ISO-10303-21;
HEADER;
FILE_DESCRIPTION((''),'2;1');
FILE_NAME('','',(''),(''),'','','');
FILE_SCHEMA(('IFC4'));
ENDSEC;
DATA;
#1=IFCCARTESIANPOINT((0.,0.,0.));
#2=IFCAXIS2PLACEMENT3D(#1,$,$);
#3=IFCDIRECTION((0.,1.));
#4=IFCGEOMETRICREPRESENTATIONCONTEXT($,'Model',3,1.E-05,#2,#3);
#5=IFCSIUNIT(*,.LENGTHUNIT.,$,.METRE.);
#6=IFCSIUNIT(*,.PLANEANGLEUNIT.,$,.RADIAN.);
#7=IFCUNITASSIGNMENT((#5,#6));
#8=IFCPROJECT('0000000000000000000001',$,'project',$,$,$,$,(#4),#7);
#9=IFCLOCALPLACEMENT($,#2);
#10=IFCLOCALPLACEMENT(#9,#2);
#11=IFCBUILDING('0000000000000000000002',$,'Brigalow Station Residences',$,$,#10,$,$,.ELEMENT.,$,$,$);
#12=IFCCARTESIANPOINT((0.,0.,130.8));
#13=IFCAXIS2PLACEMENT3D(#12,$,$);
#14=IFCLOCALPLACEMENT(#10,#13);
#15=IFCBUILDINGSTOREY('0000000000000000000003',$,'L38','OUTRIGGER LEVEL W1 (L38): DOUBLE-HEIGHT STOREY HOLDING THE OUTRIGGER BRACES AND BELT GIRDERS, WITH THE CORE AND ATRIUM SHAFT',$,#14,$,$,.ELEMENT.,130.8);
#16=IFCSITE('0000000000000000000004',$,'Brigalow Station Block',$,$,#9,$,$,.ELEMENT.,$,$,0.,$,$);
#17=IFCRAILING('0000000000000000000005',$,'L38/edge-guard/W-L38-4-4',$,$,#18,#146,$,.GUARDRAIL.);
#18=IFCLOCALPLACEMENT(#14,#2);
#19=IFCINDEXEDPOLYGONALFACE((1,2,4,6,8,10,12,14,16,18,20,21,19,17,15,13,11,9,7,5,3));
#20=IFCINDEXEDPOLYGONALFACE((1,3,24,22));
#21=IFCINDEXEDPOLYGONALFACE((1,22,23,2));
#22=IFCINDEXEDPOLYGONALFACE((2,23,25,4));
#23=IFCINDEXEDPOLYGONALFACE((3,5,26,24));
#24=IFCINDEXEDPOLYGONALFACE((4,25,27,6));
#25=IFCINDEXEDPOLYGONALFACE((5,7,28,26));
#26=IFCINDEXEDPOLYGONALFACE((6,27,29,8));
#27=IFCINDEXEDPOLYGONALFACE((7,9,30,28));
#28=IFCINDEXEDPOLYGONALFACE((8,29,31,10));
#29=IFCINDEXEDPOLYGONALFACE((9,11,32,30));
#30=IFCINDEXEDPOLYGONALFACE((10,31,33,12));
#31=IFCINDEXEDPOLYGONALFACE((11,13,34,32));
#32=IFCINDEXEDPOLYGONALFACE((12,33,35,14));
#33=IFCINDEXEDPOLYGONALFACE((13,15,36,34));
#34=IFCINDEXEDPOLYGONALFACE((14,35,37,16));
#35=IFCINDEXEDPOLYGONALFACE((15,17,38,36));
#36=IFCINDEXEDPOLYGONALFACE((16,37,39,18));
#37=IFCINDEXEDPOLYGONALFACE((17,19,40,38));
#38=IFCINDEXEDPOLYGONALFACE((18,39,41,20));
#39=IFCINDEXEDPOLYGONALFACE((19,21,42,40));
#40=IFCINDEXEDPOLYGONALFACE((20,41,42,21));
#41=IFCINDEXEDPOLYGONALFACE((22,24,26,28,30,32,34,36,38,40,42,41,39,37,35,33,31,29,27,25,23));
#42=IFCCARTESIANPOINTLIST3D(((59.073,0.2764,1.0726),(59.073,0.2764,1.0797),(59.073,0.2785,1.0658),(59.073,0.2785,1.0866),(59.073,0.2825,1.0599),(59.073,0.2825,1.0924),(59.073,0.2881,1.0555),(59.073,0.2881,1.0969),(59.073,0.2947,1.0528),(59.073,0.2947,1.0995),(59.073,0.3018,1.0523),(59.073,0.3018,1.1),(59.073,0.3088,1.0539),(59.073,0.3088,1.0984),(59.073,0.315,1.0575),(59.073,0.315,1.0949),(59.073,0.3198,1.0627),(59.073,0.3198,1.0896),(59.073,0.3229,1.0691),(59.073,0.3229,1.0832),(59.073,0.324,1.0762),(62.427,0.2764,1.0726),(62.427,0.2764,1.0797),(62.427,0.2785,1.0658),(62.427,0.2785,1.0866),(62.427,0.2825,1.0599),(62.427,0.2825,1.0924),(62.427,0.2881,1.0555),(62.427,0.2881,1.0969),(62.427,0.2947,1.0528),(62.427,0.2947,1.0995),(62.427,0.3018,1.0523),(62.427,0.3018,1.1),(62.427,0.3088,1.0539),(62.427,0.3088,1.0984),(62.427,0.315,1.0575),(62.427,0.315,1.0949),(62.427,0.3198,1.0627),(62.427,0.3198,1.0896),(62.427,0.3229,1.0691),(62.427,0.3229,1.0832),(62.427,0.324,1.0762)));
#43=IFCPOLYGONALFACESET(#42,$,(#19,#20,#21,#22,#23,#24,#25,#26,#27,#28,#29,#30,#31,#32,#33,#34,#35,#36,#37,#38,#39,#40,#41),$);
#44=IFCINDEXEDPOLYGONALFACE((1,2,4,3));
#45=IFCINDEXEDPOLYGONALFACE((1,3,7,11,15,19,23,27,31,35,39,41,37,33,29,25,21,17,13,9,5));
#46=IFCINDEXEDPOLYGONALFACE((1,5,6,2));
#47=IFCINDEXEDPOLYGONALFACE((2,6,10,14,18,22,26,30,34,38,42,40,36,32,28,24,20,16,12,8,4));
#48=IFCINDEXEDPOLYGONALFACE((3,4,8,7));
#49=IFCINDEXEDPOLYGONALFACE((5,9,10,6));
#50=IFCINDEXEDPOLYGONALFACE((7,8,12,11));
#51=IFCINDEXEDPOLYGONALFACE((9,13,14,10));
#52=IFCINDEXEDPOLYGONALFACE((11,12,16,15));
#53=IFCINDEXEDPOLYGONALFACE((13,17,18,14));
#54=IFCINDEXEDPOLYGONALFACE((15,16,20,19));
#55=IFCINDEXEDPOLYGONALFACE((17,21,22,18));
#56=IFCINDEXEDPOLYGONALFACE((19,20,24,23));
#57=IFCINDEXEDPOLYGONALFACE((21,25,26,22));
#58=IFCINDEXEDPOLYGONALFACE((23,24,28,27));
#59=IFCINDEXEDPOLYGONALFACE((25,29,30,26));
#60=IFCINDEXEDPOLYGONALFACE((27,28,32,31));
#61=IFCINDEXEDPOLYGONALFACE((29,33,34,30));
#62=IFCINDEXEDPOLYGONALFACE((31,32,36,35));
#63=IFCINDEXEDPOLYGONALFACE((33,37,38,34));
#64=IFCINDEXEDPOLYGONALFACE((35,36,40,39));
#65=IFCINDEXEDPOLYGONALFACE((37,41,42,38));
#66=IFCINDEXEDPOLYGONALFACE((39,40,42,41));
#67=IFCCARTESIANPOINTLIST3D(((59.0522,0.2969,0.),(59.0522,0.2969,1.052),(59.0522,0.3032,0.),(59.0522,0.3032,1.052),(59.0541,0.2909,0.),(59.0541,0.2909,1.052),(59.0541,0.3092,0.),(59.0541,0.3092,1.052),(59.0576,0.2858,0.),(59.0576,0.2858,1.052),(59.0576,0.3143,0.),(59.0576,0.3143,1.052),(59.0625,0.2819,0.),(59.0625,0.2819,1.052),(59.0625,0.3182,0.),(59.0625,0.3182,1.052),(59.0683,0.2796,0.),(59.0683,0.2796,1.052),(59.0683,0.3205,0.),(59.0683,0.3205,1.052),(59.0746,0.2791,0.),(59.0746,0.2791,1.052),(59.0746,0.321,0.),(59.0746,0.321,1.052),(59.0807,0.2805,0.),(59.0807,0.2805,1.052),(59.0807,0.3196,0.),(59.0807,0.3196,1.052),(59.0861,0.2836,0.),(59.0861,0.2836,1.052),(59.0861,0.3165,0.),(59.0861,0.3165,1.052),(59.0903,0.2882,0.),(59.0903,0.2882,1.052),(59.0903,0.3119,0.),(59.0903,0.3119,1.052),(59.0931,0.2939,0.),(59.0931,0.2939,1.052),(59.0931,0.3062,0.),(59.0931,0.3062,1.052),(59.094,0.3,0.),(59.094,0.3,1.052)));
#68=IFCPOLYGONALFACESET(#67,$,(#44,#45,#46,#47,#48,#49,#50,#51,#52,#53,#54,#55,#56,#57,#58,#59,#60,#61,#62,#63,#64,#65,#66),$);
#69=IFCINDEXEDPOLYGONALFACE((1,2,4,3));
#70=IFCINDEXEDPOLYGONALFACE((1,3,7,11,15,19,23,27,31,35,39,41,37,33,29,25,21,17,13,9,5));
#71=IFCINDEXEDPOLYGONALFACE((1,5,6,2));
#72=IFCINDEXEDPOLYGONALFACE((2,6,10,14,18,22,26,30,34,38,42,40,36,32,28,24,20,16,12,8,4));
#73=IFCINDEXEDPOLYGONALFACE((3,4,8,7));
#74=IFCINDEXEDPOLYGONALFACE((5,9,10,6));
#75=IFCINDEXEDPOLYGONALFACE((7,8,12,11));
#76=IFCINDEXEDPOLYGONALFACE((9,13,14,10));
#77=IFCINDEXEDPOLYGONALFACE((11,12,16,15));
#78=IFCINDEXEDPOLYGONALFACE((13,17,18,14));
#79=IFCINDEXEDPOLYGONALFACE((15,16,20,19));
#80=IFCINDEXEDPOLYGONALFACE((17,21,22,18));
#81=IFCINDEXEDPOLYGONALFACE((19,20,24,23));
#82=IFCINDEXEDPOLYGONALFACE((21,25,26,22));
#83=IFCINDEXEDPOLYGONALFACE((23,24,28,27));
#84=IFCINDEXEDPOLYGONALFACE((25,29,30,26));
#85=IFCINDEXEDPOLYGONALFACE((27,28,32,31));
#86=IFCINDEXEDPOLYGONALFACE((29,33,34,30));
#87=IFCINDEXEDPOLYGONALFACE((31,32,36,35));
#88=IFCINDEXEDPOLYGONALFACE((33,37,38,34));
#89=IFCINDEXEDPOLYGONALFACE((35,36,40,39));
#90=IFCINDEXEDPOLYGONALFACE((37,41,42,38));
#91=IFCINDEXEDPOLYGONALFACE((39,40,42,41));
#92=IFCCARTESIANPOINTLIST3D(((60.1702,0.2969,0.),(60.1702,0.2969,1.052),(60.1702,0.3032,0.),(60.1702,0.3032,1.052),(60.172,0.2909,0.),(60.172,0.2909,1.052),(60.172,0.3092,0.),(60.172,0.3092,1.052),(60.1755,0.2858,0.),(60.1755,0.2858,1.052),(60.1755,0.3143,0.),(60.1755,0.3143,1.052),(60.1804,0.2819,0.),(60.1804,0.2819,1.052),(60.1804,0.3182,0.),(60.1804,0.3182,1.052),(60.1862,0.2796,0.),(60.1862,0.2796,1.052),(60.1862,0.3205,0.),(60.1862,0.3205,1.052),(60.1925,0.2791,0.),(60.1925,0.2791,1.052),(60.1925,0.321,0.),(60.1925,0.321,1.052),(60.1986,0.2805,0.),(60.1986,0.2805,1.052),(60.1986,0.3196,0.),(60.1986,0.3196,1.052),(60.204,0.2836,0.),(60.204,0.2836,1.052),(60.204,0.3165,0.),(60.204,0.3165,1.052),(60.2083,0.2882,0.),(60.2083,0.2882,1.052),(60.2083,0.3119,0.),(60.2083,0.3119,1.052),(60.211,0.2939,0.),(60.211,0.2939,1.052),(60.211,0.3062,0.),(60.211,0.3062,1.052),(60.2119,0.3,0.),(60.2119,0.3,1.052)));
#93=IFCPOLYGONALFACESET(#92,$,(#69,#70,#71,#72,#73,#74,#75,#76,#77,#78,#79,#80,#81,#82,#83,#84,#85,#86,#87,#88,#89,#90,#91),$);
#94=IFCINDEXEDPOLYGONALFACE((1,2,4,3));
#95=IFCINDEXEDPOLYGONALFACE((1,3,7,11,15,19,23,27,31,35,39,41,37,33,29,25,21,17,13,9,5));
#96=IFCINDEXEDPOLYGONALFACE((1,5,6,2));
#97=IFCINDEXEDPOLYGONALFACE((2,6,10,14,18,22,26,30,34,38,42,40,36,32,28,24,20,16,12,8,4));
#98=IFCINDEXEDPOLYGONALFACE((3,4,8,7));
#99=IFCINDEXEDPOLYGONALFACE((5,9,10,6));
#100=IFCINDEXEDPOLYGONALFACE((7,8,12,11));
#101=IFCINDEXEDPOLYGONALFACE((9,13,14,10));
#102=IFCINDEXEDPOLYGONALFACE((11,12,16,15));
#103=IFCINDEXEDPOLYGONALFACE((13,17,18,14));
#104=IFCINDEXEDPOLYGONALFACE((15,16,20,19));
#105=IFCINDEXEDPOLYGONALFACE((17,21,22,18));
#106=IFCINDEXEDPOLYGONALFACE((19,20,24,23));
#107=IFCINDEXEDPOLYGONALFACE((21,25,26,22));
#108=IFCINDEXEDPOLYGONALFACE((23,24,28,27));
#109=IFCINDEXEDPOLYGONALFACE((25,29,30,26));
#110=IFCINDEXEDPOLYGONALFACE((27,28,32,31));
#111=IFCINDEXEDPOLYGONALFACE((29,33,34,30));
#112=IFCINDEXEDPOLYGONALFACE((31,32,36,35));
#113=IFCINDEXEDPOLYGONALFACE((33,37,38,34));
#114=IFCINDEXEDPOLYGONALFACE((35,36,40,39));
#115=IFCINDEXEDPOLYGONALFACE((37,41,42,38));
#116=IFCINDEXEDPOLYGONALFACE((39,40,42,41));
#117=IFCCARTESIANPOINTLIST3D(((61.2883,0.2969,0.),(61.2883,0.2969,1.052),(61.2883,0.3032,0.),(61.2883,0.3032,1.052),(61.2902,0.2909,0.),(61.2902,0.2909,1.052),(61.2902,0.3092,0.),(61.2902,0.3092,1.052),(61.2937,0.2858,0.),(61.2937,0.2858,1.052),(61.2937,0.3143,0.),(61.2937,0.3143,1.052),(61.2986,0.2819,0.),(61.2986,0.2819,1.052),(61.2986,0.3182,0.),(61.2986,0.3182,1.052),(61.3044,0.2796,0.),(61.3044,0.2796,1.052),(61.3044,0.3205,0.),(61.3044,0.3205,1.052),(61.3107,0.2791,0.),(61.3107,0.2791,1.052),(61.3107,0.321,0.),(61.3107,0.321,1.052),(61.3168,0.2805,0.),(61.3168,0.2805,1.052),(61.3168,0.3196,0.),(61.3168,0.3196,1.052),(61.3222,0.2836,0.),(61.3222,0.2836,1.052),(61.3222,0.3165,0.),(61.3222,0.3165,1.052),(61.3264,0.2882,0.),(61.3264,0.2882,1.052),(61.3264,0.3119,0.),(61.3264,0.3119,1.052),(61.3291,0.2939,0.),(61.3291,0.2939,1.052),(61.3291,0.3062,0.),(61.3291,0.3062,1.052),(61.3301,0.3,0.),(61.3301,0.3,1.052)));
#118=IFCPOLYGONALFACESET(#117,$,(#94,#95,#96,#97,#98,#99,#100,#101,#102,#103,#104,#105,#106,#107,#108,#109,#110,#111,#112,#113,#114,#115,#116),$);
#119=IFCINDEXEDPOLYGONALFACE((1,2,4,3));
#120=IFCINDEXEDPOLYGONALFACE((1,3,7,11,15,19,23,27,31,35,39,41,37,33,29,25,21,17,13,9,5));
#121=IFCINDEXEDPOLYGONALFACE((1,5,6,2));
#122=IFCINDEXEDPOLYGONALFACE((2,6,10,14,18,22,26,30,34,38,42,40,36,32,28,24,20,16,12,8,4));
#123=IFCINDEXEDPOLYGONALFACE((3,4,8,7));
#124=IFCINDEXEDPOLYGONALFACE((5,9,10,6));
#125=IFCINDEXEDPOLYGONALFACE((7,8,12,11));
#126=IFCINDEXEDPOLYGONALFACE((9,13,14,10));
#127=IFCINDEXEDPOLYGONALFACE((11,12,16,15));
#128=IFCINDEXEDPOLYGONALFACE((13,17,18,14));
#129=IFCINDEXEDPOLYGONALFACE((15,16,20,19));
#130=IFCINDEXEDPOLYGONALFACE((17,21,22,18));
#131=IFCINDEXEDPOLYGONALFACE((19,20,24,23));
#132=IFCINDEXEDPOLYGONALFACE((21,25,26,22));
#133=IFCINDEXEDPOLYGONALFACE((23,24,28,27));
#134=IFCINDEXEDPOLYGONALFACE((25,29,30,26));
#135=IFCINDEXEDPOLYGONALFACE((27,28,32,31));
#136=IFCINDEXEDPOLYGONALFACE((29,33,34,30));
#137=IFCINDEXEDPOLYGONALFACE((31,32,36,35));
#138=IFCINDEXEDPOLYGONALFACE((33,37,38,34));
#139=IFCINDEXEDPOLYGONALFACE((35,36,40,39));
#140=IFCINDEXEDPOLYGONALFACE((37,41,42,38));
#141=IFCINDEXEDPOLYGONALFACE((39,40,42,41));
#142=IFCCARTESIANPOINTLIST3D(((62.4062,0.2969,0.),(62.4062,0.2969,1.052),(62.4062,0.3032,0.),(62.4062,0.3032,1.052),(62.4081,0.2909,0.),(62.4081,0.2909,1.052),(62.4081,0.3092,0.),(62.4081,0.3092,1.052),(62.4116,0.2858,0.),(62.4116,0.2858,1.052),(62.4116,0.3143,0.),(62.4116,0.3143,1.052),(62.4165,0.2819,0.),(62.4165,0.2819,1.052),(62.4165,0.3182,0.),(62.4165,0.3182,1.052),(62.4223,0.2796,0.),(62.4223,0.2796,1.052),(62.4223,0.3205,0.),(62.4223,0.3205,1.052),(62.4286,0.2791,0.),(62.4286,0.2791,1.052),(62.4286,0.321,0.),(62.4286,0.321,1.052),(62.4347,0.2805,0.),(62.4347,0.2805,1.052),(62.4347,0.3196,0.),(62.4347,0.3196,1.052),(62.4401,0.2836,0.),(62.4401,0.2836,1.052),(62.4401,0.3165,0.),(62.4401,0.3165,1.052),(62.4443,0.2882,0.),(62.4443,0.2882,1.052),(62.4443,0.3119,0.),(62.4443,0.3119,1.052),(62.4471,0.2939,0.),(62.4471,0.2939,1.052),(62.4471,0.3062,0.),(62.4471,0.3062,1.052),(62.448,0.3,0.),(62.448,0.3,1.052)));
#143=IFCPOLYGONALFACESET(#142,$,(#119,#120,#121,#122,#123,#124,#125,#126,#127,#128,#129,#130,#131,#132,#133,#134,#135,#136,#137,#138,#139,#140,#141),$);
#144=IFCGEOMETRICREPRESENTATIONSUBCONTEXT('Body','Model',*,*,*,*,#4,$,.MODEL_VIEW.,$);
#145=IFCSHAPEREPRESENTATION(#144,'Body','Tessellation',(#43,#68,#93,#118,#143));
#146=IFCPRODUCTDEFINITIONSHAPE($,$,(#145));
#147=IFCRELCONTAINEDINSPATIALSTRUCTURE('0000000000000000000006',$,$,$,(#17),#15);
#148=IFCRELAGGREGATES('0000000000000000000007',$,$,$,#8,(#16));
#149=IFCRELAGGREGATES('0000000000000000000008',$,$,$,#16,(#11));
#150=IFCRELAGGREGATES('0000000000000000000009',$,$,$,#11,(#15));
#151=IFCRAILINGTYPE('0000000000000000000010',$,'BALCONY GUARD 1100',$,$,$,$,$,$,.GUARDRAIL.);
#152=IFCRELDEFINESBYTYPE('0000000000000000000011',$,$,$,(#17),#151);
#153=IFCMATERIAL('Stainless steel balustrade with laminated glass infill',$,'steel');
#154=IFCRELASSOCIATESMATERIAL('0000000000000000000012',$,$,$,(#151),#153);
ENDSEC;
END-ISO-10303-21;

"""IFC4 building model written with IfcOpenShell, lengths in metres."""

from ifc_helpers import new_model, si_unit, direction, frame, origin, origin_2d, place, context, subcontext, project, spatial, circle, extrude, material, type_object, element, save


model = new_model("IFC4")

# Units and contexts
model_context = context("Model", 3, precision=1e-05, world=origin(), true_north=direction((0.0, 1.0)))
body_context = subcontext(model_context, "Body", "Model", "MODEL_VIEW")
ifc_project = project(units=[si_unit("LENGTHUNIT", "METRE"), si_unit("PLANEANGLEUNIT", "RADIAN")], contexts=[model_context])

# Site, building, storey
site_placement = place(None, origin())
site = spatial("IfcSite", under=ifc_project, at=site_placement, Name="Brigalow Station Block", CompositionType="ELEMENT", RefElevation=0.0)
building_placement = place(site_placement, origin())
building = spatial("IfcBuilding", under=site, at=building_placement, Name="Brigalow Station Residences", CompositionType="ELEMENT")
storey_placement = place(building_placement, frame((0.0, 0.0, 130.8)))
storey = spatial("IfcBuildingStorey", under=building, at=storey_placement, Name="L38", Description="OUTRIGGER LEVEL W1 (L38): DOUBLE-HEIGHT STOREY HOLDING THE OUTRIGGER BRACES AND BELT GIRDERS, WITH THE CORE AND ATRIUM SHAFT", CompositionType="ELEMENT", Elevation=130.8)

# Railing
ifc_material_1 = material(Name="Stainless steel balustrade with laminated glass infill", Category="steel")
railing_type = type_object("IfcRailingType", Name="BALCONY GUARD 1100", PredefinedType="GUARDRAIL", material=ifc_material_1)
for number, where, name in (
    (1, (59.073, 0.3, 0.0), "L38/edge-guard/W-L38-4-4"),
):
    element("IfcRailing", number, at=place(storey_placement, frame(where)), inside=storey, type_object=railing_type, Name=name, PredefinedType="GUARDRAIL", context=body_context, shape_type="SweptSolid", body=[
        extrude(circle(Radius=0.0239, at=origin_2d()), frame((0.0, 0.0, 1.0762), z_axis=(1.0, 0.0, 0.0), x_axis=(0.0, 1.0, 0.0)), (0.0, 0.0, 1.0), 3.354),
        extrude(circle(Radius=0.021, at=origin_2d()), origin(), (0.0, 0.0, 1.0), 1.052),
        extrude(circle(Radius=0.021, at=origin_2d()), frame((1.1179, 0.0, 0.0)), (0.0, 0.0, 1.0), 1.052),
        extrude(circle(Radius=0.021, at=origin_2d()), frame((2.2361, 0.0, 0.0)), (0.0, 0.0, 1.0), 1.052),
        extrude(circle(Radius=0.021, at=origin_2d()), frame((3.354, 0.0, 0.0)), (0.0, 0.0, 1.0), 1.052),
    ])

save(model, "model.ifc")
